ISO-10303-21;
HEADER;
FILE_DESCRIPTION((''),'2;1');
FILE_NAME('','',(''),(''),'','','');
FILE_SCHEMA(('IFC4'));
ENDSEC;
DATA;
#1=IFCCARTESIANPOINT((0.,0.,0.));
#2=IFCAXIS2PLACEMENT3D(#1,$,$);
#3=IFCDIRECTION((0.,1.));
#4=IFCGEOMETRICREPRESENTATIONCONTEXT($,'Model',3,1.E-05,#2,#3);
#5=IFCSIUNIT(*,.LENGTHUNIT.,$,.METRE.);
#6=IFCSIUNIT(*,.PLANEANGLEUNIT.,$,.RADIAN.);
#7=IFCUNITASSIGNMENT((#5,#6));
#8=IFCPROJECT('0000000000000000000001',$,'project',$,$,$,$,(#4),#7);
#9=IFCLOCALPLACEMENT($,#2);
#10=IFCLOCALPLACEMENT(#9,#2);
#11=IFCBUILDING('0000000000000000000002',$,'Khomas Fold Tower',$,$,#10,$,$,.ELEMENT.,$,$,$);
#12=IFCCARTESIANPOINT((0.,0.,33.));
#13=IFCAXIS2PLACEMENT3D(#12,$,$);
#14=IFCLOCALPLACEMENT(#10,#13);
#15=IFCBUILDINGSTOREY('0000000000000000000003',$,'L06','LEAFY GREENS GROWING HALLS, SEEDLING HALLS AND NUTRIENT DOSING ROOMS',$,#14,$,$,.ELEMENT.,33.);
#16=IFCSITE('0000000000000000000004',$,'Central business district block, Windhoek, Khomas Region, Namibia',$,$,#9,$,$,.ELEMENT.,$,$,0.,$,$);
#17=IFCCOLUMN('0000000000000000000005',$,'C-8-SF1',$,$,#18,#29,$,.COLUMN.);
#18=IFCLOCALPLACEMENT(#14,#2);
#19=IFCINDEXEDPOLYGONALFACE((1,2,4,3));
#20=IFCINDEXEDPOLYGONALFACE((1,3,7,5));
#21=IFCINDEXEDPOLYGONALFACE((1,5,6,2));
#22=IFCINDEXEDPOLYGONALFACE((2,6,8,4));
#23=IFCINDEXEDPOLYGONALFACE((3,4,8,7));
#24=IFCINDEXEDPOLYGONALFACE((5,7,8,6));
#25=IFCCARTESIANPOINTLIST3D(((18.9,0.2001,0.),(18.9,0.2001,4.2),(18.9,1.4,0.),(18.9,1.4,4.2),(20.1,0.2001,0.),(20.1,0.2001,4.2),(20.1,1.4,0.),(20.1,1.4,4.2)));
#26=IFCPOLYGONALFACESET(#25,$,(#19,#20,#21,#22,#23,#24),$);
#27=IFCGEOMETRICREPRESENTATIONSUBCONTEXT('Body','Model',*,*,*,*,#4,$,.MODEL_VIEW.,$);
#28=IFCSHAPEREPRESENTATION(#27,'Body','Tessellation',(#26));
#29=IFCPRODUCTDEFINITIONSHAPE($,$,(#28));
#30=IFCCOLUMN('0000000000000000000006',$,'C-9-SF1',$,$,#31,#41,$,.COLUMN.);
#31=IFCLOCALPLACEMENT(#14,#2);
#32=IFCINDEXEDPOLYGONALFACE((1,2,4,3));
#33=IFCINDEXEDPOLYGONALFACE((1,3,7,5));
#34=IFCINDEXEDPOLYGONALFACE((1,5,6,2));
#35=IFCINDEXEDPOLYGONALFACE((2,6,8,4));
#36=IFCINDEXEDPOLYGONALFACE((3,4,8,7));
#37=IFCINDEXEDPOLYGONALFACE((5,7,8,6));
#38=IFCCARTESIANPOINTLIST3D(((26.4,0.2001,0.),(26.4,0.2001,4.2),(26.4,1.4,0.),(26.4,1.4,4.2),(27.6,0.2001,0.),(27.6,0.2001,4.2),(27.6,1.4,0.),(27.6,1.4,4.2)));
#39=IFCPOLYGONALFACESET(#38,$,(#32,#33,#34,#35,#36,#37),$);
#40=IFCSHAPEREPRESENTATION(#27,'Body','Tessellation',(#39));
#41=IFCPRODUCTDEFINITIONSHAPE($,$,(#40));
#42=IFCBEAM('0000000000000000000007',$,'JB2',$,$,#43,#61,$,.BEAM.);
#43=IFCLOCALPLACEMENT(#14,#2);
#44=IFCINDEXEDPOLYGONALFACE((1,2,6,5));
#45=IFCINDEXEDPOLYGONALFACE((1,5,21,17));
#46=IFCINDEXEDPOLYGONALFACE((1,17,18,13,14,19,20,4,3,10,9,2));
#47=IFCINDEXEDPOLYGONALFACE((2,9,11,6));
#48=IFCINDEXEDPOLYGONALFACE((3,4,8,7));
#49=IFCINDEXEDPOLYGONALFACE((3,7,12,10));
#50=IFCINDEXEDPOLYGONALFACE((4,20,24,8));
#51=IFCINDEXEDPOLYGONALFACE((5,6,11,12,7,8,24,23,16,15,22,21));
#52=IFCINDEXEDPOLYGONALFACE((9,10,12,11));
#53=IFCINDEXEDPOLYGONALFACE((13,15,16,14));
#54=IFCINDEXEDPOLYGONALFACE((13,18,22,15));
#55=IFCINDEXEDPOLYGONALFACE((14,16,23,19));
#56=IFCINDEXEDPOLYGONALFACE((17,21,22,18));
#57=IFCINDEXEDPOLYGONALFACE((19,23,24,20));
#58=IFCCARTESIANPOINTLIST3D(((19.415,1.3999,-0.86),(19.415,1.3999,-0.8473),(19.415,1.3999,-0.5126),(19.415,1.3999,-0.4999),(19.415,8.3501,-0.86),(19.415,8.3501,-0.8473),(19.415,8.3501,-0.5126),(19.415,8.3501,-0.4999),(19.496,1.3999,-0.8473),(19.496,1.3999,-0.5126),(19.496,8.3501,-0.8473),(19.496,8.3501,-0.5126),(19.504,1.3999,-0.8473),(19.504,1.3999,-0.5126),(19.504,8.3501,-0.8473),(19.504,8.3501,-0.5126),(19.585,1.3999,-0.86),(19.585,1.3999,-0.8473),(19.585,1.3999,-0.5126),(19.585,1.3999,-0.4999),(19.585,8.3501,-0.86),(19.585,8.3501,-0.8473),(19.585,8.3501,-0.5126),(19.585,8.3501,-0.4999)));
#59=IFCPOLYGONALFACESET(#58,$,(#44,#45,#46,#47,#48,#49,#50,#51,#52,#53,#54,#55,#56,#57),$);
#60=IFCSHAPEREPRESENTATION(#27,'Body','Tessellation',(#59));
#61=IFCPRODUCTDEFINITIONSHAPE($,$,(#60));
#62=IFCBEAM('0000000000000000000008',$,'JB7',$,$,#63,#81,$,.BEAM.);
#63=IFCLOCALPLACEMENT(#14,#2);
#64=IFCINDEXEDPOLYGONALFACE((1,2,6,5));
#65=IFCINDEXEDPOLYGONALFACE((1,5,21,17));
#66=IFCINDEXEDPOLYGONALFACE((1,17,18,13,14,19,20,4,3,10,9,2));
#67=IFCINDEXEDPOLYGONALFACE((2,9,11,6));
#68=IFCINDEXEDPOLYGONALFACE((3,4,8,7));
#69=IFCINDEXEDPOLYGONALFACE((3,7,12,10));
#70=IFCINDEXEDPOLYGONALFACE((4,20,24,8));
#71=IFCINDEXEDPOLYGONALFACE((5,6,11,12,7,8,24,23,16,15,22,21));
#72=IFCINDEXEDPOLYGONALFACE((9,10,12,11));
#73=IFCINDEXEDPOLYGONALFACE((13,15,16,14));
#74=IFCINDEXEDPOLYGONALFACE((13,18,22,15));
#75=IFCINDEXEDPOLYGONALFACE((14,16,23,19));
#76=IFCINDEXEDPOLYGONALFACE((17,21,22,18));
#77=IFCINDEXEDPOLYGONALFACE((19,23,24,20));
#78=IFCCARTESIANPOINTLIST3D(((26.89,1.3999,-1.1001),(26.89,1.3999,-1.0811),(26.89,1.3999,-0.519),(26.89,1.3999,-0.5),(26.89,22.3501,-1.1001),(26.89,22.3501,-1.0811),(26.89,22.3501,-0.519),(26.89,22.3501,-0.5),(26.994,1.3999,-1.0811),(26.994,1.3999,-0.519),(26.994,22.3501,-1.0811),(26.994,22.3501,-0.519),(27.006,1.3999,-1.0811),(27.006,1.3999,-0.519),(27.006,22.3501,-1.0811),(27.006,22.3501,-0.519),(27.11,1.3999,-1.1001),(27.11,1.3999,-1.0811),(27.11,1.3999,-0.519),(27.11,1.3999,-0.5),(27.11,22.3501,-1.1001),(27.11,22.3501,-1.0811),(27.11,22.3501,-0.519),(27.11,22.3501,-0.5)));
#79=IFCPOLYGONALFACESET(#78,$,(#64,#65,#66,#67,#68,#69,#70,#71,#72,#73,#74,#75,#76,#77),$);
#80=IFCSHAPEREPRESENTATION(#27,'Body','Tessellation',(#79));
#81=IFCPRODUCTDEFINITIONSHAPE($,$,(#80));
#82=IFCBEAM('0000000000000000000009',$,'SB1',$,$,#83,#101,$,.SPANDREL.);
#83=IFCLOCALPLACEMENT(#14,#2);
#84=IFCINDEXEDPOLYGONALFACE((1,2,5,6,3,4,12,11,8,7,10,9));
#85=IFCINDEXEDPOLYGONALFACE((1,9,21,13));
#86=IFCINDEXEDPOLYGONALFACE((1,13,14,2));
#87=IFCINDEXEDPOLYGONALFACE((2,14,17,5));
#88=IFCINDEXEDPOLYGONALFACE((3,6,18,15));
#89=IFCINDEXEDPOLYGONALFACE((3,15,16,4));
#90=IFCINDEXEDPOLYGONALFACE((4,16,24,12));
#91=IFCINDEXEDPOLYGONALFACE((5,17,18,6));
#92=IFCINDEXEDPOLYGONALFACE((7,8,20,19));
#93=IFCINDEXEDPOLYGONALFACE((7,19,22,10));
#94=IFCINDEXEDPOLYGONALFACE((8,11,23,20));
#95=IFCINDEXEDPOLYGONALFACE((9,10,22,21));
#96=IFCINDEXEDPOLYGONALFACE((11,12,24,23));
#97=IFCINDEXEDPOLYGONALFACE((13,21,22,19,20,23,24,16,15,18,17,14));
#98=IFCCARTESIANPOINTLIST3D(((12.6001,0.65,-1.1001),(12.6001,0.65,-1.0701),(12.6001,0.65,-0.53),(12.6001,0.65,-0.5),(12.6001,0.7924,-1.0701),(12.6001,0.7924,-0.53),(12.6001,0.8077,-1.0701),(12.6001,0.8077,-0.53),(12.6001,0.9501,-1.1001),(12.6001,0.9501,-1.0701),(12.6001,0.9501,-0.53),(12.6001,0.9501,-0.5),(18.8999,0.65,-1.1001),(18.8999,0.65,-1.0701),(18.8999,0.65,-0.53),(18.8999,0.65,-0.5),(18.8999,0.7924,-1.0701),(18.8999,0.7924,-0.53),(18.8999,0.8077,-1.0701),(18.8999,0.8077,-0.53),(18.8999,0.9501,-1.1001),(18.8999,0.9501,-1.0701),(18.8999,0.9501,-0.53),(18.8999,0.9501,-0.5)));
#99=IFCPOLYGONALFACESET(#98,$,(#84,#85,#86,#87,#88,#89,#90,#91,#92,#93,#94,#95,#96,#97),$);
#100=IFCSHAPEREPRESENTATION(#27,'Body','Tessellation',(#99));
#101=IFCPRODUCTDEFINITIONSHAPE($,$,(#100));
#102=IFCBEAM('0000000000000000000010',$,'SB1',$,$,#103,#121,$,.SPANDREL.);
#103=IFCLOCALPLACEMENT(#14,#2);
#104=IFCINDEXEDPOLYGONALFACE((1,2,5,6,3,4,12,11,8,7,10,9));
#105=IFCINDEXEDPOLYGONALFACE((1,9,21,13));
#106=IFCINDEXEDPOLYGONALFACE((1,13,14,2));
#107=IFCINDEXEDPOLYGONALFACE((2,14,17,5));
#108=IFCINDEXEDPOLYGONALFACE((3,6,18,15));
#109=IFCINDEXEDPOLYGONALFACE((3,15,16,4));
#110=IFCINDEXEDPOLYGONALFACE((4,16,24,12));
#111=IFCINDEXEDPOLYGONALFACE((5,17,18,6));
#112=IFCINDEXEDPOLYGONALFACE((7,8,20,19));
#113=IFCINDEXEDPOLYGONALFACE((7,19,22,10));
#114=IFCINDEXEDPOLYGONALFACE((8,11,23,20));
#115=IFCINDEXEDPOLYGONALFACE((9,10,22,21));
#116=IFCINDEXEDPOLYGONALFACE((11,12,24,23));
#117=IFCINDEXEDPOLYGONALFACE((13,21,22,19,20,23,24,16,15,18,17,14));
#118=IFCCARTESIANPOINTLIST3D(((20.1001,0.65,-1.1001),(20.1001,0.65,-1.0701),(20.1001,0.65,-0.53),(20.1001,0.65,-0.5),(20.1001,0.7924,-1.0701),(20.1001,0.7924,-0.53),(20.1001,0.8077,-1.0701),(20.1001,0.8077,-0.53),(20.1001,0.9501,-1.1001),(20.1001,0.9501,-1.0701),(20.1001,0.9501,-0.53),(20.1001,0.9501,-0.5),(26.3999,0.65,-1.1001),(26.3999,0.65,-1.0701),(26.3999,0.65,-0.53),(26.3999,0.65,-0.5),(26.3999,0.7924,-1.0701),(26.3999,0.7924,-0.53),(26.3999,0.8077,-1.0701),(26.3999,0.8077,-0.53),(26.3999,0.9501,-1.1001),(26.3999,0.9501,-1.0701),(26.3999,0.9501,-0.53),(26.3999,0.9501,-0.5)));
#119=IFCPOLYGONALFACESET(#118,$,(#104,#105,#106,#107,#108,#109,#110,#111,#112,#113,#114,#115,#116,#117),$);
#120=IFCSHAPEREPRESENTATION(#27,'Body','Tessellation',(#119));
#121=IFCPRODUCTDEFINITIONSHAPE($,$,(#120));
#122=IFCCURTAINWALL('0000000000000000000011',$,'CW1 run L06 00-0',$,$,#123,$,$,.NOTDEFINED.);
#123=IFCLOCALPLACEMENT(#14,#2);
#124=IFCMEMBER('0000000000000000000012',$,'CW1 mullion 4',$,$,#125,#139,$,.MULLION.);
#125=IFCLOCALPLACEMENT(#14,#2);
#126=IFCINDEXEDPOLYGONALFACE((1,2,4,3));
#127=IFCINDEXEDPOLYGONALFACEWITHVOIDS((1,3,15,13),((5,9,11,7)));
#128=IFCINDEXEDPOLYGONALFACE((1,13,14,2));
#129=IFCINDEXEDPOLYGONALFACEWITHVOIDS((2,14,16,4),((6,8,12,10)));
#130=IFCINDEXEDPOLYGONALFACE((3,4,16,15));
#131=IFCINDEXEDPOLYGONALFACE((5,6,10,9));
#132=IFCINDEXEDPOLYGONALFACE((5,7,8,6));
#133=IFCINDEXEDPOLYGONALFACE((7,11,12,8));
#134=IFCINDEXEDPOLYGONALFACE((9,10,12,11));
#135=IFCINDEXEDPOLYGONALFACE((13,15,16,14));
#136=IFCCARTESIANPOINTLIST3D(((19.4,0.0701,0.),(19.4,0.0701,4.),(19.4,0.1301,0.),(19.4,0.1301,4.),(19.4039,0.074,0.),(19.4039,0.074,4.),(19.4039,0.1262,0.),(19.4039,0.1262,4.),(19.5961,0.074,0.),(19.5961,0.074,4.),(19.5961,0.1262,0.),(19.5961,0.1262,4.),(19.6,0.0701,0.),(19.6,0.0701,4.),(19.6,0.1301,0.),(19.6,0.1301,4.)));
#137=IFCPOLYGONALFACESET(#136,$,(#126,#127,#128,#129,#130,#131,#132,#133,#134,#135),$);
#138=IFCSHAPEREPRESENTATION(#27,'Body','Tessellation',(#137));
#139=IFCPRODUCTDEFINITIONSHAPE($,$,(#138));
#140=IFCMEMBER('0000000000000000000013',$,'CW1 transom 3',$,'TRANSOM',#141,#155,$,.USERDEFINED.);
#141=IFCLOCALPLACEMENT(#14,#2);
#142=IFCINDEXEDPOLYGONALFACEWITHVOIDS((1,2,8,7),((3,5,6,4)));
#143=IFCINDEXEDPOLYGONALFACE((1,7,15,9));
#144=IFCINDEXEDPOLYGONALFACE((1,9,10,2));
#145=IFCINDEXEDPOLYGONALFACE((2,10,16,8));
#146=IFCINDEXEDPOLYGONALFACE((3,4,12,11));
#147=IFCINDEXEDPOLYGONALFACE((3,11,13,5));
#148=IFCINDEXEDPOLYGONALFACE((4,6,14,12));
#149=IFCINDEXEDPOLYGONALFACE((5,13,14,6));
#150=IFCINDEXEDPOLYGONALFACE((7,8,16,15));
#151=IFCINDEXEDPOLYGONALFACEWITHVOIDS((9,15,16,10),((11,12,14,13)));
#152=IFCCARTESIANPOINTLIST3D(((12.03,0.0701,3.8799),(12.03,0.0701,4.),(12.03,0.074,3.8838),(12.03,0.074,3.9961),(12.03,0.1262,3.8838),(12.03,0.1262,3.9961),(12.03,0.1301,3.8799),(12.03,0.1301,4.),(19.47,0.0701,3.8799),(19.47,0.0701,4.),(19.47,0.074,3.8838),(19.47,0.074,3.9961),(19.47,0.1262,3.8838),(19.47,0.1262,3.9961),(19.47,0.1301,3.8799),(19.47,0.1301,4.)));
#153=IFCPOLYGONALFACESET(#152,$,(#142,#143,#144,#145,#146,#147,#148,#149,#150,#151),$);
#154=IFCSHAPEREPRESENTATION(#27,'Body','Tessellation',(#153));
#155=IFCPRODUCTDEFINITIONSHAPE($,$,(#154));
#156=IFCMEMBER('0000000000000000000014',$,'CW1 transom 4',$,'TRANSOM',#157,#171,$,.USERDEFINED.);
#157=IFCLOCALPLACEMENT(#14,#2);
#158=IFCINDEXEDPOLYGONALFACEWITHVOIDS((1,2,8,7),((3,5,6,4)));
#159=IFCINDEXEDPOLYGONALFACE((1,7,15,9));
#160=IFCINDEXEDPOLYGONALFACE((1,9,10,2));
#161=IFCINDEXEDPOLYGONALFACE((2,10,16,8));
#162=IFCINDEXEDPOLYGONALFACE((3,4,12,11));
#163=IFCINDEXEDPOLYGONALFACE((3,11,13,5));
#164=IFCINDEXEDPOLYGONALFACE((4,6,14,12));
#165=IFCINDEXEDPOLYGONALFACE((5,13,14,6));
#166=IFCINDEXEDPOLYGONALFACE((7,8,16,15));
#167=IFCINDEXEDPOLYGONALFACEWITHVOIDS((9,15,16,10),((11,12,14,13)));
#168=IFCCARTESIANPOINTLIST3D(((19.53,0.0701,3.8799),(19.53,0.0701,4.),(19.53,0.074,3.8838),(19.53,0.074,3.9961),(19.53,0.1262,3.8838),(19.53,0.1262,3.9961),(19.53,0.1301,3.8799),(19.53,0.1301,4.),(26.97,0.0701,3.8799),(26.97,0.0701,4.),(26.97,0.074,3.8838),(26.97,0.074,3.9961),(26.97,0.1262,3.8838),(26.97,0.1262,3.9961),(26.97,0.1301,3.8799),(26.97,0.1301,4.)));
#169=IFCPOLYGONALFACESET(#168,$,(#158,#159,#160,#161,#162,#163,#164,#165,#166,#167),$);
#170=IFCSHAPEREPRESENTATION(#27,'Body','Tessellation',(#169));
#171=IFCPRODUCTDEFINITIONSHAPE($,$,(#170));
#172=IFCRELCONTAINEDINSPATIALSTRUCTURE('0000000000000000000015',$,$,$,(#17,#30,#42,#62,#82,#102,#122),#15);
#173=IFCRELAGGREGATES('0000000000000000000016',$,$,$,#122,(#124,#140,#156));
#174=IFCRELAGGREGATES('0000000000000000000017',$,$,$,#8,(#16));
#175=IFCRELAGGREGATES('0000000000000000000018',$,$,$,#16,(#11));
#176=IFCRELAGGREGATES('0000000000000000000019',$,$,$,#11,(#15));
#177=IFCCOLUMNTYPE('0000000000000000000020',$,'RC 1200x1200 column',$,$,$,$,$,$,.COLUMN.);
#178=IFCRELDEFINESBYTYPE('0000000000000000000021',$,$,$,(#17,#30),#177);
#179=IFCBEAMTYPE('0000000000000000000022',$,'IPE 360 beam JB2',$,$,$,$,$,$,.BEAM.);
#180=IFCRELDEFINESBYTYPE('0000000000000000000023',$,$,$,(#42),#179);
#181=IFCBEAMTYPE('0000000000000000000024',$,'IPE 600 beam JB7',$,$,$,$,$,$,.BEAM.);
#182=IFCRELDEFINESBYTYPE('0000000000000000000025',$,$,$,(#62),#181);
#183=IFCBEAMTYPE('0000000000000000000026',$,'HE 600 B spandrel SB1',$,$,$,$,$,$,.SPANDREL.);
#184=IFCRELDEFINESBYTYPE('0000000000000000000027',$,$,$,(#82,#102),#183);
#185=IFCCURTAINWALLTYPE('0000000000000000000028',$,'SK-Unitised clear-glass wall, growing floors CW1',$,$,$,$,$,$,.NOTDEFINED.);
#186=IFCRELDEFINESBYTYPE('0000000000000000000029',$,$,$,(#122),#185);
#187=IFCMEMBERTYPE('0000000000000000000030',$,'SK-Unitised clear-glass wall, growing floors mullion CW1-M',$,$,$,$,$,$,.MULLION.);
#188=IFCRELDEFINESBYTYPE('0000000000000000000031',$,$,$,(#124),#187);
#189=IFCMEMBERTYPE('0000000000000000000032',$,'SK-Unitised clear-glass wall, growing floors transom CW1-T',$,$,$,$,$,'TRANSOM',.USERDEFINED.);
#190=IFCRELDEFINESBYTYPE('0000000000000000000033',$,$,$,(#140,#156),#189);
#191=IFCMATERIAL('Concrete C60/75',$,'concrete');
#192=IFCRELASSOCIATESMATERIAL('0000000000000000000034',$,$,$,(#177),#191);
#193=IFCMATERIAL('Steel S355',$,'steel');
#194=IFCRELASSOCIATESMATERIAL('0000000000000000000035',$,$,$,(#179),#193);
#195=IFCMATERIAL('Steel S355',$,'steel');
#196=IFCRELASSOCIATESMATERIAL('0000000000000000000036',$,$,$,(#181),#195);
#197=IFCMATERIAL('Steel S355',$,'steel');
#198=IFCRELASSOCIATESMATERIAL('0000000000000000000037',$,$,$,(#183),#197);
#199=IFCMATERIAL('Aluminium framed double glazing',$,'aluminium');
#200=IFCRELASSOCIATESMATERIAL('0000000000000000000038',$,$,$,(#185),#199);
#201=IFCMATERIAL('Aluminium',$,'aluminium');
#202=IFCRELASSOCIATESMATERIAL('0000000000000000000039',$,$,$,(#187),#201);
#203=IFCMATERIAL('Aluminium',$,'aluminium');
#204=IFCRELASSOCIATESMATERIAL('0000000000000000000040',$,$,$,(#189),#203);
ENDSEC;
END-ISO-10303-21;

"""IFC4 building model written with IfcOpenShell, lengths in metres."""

from ifc_helpers import new_model, si_unit, direction, frame, origin, origin_2d, place, context, subcontext, project, spatial, rectangle, hollow_rectangle, i_section, extrude, source, transform, mapped, material, material_profile, profile_set, type_object, element, aggregate, save


model = new_model("IFC4")

# Units and contexts
model_context = context("Model", 3, precision=1e-05, world=origin(), true_north=direction((0.0, 1.0)))
body_context = subcontext(model_context, "Body", "Model", "MODEL_VIEW")
ifc_project = project(units=[si_unit("LENGTHUNIT", "METRE"), si_unit("PLANEANGLEUNIT", "RADIAN")], contexts=[model_context])

# Site, building, storey
site_placement = place(None, origin())
site = spatial("IfcSite", under=ifc_project, at=site_placement, Name="Central business district block, Windhoek, Khomas Region, Namibia", CompositionType="ELEMENT", RefElevation=0.0)
building_placement = place(site_placement, origin())
building = spatial("IfcBuilding", under=site, at=building_placement, Name="Khomas Fold Tower", CompositionType="ELEMENT")
storey_placement = place(building_placement, frame((0.0, 0.0, 33.0)))
storey = spatial("IfcBuildingStorey", under=building, at=storey_placement, Name="L06", Description="LEAFY GREENS GROWING HALLS, SEEDLING HALLS AND NUTRIENT DOSING ROOMS", CompositionType="ELEMENT", Elevation=33.0)

# Columns
ifc_material_1 = material(Name="Concrete C60/75", Category="concrete")
ifc_material_profile_1 = material_profile(ifc_material_1, rectangle(XDim=1.2, YDim=1.2, at=origin_2d()), Name="RC 1200x1200")
ifc_profile_set_1 = profile_set([ifc_material_profile_1], Name="Concrete C60/75")
column_type = type_object("IfcColumnType", Name="RC 1200x1200 column", PredefinedType="COLUMN", material=ifc_profile_set_1)
shared_shape_1 = source(origin(), body_context, "Body", "SweptSolid", [
    extrude(rectangle(XDim=1.2, YDim=1.2, at=origin_2d()), origin(), (0.0, 0.0, 1.0), 4.2),
])
for number, where, z_axis, x_axis, name in (
    (1, (19.5, 0.8, 0.0), (0.0, 0.0, 1.0), (1.0, 0.0, 0.0), "C-8-SF1"),
    (2, (27.0, 0.8, 0.0), (0.0, 0.0, 1.0), (1.0, 0.0, 0.0), "C-9-SF1"),
):
    element("IfcColumn", number, at=place(storey_placement, frame(where, z_axis=z_axis, x_axis=x_axis)), inside=storey, type_object=column_type, Name=name, PredefinedType="COLUMN", context=body_context, shape_type="MappedRepresentation", body=[
        mapped(shared_shape_1, transform((0.0, 0.0, 0.0))),
    ])

# Beams
ifc_material_2 = material(Name="Steel S355", Category="steel")
ifc_material_profile_2 = material_profile(ifc_material_2, i_section(OverallWidth=0.1699, OverallDepth=0.3601, WebThickness=0.0081, FlangeThickness=0.0127, at=origin_2d()), Name="IPE 360")
ifc_profile_set_2 = profile_set([ifc_material_profile_2], Name="Steel S355")
beam_type_1 = type_object("IfcBeamType", Name="IPE 360 beam JB2", PredefinedType="BEAM", material=ifc_profile_set_2)
shared_shape_2 = source(origin(), body_context, "Body", "SweptSolid", [
    extrude(i_section(OverallWidth=0.1699, OverallDepth=0.3601, WebThickness=0.0081, FlangeThickness=0.0127, at=origin_2d()), origin(), (0.0, 0.0, 1.0), 6.9502),
])
beam_1_placement = place(storey_placement, frame((19.5, 1.3999, -0.6799), z_axis=(0.0, 1.0, 0.0), x_axis=(-1.0, 0.0, 0.0)))
element("IfcBeam", 3, at=beam_1_placement, inside=storey, type_object=beam_type_1, Name="JB2", PredefinedType="BEAM", context=body_context, shape_type="MappedRepresentation", body=[
    mapped(shared_shape_2, transform((0.0, 0.0, 0.0))),
])
ifc_material_3 = material(Name="Steel S355", Category="steel")
ifc_material_profile_3 = material_profile(ifc_material_3, i_section(OverallWidth=0.22, OverallDepth=0.6001, WebThickness=0.012, FlangeThickness=0.019, at=origin_2d()), Name="IPE 600")
ifc_profile_set_3 = profile_set([ifc_material_profile_3], Name="Steel S355")
beam_type_2 = type_object("IfcBeamType", Name="IPE 600 beam JB7", PredefinedType="BEAM", material=ifc_profile_set_3)
shared_shape_3 = source(origin(), body_context, "Body", "SweptSolid", [
    extrude(i_section(OverallWidth=0.22, OverallDepth=0.6001, WebThickness=0.012, FlangeThickness=0.019, at=origin_2d()), origin(), (0.0, 0.0, 1.0), 20.9502),
])
beam_2_placement = place(storey_placement, frame((27.0, 1.3999, -0.8), z_axis=(0.0, 1.0, 0.0), x_axis=(-1.0, 0.0, 0.0)))
element("IfcBeam", 4, at=beam_2_placement, inside=storey, type_object=beam_type_2, Name="JB7", PredefinedType="BEAM", context=body_context, shape_type="MappedRepresentation", body=[
    mapped(shared_shape_3, transform((0.0, 0.0, 0.0))),
])
ifc_material_4 = material(Name="Steel S355", Category="steel")
ifc_material_profile_4 = material_profile(ifc_material_4, i_section(OverallWidth=0.3, OverallDepth=0.6001, WebThickness=0.0154, FlangeThickness=0.03, at=origin_2d()), Name="HE 600 B")
ifc_profile_set_4 = profile_set([ifc_material_profile_4], Name="Steel S355")
beam_type_3 = type_object("IfcBeamType", Name="HE 600 B spandrel SB1", PredefinedType="SPANDREL", material=ifc_profile_set_4)
shared_shape_4 = source(origin(), body_context, "Body", "SweptSolid", [
    extrude(i_section(OverallWidth=0.3, OverallDepth=0.6001, WebThickness=0.0154, FlangeThickness=0.03, at=origin_2d()), origin(), (0.0, 0.0, 1.0), 6.2998),
])
for number, where, z_axis, x_axis, name in (
    (5, (12.6001, 0.8, -0.8), (1.0, 0.0, 0.0), (0.0, 1.0, 0.0), "SB1"),
    (6, (20.1001, 0.8, -0.8), (1.0, 0.0, 0.0), (0.0, 1.0, 0.0), "SB1"),
):
    element("IfcBeam", number, at=place(storey_placement, frame(where, z_axis=z_axis, x_axis=x_axis)), inside=storey, type_object=beam_type_3, Name=name, PredefinedType="SPANDREL", context=body_context, shape_type="MappedRepresentation", body=[
        mapped(shared_shape_4, transform((0.0, 0.0, 0.0))),
    ])

# Curtain wall, members
ifc_material_5 = material(Name="Aluminium framed double glazing", Category="aluminium")
curtain_wall_type = type_object("IfcCurtainWallType", Name="SK-Unitised clear-glass wall, growing floors CW1", PredefinedType="NOTDEFINED", material=ifc_material_5)
curtain_wall_placement = place(storey_placement, origin())
curtain_wall = element("IfcCurtainWall", 7, at=curtain_wall_placement, inside=storey, type_object=curtain_wall_type, Name="CW1 run L06 00-0", PredefinedType="NOTDEFINED")
ifc_material_6 = material(Name="Aluminium", Category="aluminium")
ifc_material_profile_5 = material_profile(ifc_material_6, hollow_rectangle(XDim=0.0601, YDim=0.2, WallThickness=0.0039, at=origin_2d()), Name="SK-Unitised clear-glass wall, growing floors mullion CW1-M")
ifc_profile_set_5 = profile_set([ifc_material_profile_5], Name="Aluminium")
member_type_1 = type_object("IfcMemberType", Name="SK-Unitised clear-glass wall, growing floors mullion CW1-M", PredefinedType="MULLION", material=ifc_profile_set_5)
shared_shape_5 = source(origin(), body_context, "Body", "SweptSolid", [
    extrude(hollow_rectangle(XDim=0.0601, YDim=0.2, WallThickness=0.0039, at=origin_2d()), origin(), (0.0, 0.0, 1.0), 4.0),
])
member_1_placement = place(storey_placement, frame((19.5, 0.1001, 0.0), z_axis=(0.0, 0.0, 1.0), x_axis=(0.0, 1.0, 0.0)))
member_1 = element("IfcMember", 8, at=member_1_placement, type_object=member_type_1, Name="CW1 mullion 4", PredefinedType="MULLION", context=body_context, shape_type="MappedRepresentation", body=[
    mapped(shared_shape_5, transform((0.0, 0.0, 0.0))),
])
ifc_material_7 = material(Name="Aluminium", Category="aluminium")
ifc_material_profile_6 = material_profile(ifc_material_7, hollow_rectangle(XDim=0.0601, YDim=0.1201, WallThickness=0.0039, at=origin_2d()), Name="SK-Unitised clear-glass wall, growing floors transom CW1-T")
ifc_profile_set_6 = profile_set([ifc_material_profile_6], Name="Aluminium")
member_type_2 = type_object("IfcMemberType", Name="SK-Unitised clear-glass wall, growing floors transom CW1-T", ElementType="TRANSOM", PredefinedType="USERDEFINED", material=ifc_profile_set_6)
shared_shape_6 = source(origin(), body_context, "Body", "SweptSolid", [
    extrude(hollow_rectangle(XDim=0.0601, YDim=0.1201, WallThickness=0.0039, at=origin_2d()), origin(), (0.0, 0.0, 1.0), 7.4399),
])
member_2_placement = place(storey_placement, frame((12.03, 0.1001, 3.9399), z_axis=(1.0, 0.0, 0.0), x_axis=(0.0, 1.0, 0.0)))
member_2 = element("IfcMember", 9, at=member_2_placement, type_object=member_type_2, Name="CW1 transom 3", ObjectType="TRANSOM", PredefinedType="USERDEFINED", context=body_context, shape_type="MappedRepresentation", body=[
    mapped(shared_shape_6, transform((0.0, 0.0, 0.0))),
])
member_3_placement = place(storey_placement, frame((19.53, 0.1001, 3.9399), z_axis=(1.0, 0.0, 0.0), x_axis=(0.0, 1.0, 0.0)))
member_3 = element("IfcMember", 10, at=member_3_placement, type_object=member_type_2, Name="CW1 transom 4", ObjectType="TRANSOM", PredefinedType="USERDEFINED", context=body_context, shape_type="MappedRepresentation", body=[
    mapped(shared_shape_6, transform((0.0, 0.0, 0.0))),
])

aggregate(curtain_wall, [member_1, member_2, member_3])

save(model, "model.ifc")
